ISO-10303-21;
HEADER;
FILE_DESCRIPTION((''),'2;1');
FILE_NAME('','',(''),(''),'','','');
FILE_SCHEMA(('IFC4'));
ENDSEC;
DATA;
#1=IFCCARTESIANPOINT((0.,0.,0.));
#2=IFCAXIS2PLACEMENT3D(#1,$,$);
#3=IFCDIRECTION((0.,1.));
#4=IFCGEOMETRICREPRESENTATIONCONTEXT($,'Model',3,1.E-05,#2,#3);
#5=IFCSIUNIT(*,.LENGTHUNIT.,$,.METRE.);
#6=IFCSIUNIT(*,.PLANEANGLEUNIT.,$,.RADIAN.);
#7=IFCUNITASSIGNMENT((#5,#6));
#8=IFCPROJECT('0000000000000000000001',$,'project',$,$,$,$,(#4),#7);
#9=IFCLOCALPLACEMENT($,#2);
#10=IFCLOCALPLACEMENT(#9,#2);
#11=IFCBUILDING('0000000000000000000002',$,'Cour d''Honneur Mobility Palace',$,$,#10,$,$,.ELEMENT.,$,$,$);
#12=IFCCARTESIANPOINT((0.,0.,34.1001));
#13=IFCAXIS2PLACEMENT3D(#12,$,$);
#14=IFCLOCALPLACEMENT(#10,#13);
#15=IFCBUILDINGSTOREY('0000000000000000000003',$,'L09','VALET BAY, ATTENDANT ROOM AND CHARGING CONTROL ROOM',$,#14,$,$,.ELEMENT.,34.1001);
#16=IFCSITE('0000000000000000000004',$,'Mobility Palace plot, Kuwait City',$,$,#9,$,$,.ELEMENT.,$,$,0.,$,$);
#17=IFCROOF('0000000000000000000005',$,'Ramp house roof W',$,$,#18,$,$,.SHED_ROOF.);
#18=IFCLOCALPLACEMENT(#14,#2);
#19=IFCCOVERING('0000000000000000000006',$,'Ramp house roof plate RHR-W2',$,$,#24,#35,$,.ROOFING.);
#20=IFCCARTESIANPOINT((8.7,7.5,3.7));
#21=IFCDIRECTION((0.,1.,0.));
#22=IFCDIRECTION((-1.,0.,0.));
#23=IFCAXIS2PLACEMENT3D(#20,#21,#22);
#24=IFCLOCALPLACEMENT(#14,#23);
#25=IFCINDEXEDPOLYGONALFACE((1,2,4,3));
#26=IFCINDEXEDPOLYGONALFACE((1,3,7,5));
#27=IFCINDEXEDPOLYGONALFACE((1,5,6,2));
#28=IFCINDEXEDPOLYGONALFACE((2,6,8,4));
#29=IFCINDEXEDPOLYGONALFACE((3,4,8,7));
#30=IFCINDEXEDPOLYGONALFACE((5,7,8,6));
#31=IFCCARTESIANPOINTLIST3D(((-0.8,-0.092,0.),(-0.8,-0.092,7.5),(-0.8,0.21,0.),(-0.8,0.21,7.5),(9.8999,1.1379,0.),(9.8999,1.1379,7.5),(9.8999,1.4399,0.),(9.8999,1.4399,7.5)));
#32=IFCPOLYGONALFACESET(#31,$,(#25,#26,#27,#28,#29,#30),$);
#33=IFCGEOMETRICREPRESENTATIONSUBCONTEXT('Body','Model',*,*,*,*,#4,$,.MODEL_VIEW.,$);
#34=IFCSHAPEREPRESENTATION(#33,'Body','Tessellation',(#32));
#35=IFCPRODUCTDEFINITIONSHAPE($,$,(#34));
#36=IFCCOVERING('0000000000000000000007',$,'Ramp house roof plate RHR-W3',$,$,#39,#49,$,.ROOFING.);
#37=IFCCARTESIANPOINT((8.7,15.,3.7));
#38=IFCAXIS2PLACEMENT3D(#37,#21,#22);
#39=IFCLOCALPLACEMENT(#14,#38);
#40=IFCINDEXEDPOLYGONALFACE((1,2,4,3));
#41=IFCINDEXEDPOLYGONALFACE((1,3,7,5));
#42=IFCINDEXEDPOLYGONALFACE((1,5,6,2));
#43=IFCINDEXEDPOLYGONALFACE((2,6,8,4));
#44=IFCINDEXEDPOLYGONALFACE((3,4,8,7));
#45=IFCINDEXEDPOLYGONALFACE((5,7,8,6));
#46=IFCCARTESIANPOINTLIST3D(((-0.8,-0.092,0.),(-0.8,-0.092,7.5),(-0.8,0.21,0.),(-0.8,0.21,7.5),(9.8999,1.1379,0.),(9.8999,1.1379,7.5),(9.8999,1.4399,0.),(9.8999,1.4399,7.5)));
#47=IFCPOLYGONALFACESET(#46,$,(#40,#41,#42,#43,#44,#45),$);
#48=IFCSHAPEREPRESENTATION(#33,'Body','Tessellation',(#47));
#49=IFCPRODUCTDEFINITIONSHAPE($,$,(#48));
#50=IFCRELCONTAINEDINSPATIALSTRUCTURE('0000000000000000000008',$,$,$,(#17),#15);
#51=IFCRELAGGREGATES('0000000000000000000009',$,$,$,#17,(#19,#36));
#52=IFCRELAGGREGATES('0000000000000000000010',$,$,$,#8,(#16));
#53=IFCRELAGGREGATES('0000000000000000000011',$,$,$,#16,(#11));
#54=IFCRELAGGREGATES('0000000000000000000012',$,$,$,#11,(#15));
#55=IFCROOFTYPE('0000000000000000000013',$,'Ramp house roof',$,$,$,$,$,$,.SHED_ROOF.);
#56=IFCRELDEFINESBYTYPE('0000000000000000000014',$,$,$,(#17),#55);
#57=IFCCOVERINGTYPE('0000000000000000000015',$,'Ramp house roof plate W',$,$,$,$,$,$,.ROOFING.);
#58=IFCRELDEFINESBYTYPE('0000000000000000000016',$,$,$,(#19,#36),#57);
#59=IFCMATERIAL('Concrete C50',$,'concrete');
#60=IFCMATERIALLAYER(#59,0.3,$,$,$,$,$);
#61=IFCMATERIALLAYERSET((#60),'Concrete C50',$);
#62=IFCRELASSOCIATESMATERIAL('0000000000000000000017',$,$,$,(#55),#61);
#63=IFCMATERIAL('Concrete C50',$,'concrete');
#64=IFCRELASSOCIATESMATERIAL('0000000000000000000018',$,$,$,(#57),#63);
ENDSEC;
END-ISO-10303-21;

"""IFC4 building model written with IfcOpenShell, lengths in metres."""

from ifc_helpers import new_model, si_unit, direction, frame, origin, place, context, subcontext, project, spatial, polyline, outline, extrude, material, layer, layer_set, material_profile, profile_set, type_object, element, aggregate, save


model = new_model("IFC4")

# Units and contexts
model_context = context("Model", 3, precision=1e-05, world=origin(), true_north=direction((0.0, 1.0)))
body_context = subcontext(model_context, "Body", "Model", "MODEL_VIEW")
ifc_project = project(units=[si_unit("LENGTHUNIT", "METRE"), si_unit("PLANEANGLEUNIT", "RADIAN")], contexts=[model_context])

# Site, building, storey
site_placement = place(None, origin())
site = spatial("IfcSite", under=ifc_project, at=site_placement, Name="Mobility Palace plot, Kuwait City", CompositionType="ELEMENT", RefElevation=0.0)
building_placement = place(site_placement, origin())
building = spatial("IfcBuilding", under=site, at=building_placement, Name="Cour d'Honneur Mobility Palace", CompositionType="ELEMENT")
storey_placement = place(building_placement, frame((0.0, 0.0, 34.1001)))
storey = spatial("IfcBuildingStorey", under=building, at=storey_placement, Name="L09", Description="VALET BAY, ATTENDANT ROOM AND CHARGING CONTROL ROOM", CompositionType="ELEMENT", Elevation=34.1001)

# Roof, coverings
ifc_material_1 = material(Name="Concrete C50", Category="concrete")
ifc_layer_1 = layer(ifc_material_1, 0.3)
ifc_layer_set_1 = layer_set([ifc_layer_1], Name="Concrete C50")
roof_type = type_object("IfcRoofType", Name="Ramp house roof", PredefinedType="SHED_ROOF", material=ifc_layer_set_1)
roof_placement = place(storey_placement, origin())
roof = element("IfcRoof", 1, at=roof_placement, inside=storey, type_object=roof_type, Name="Ramp house roof W", PredefinedType="SHED_ROOF")
ifc_material_2 = material(Name="Concrete C50", Category="concrete")
ifc_material_profile_1 = material_profile(ifc_material_2, outline(polyline([(-0.8, -0.092), (9.8999, 1.1379), (9.8999, 1.4399), (-0.8, 0.21), (-0.8, -0.092)])), Name="Ramp house roof plate W")
ifc_profile_set_1 = profile_set([ifc_material_profile_1], Name="Concrete C50")
covering_type_1 = type_object("IfcCoveringType", Name="Ramp house roof plate W", PredefinedType="ROOFING", material=ifc_profile_set_1)
covering_1_placement = place(storey_placement, frame((8.7, 7.5, 3.7), z_axis=(0.0, 1.0, 0.0), x_axis=(-1.0, 0.0, 0.0)))
covering_1 = element("IfcCovering", 2, at=covering_1_placement, type_object=covering_type_1, Name="Ramp house roof plate RHR-W2", PredefinedType="ROOFING", context=body_context, shape_type="SweptSolid", body=[
    extrude(outline(polyline([(-0.8, -0.092), (9.8999, 1.1379), (9.8999, 1.4399), (-0.8, 0.21), (-0.8, -0.092)])), origin(), (0.0, 0.0, 1.0), 7.5),
])
covering_2_placement = place(storey_placement, frame((8.7, 15.0, 3.7), z_axis=(0.0, 1.0, 0.0), x_axis=(-1.0, 0.0, 0.0)))
covering_2 = element("IfcCovering", 3, at=covering_2_placement, type_object=covering_type_1, Name="Ramp house roof plate RHR-W3", PredefinedType="ROOFING", context=body_context, shape_type="SweptSolid", body=[
    extrude(outline(polyline([(-0.8, -0.092), (9.8999, 1.1379), (9.8999, 1.4399), (-0.8, 0.21), (-0.8, -0.092)])), origin(), (0.0, 0.0, 1.0), 7.5),
])
aggregate(roof, [covering_1, covering_2])

save(model, "model.ifc")
